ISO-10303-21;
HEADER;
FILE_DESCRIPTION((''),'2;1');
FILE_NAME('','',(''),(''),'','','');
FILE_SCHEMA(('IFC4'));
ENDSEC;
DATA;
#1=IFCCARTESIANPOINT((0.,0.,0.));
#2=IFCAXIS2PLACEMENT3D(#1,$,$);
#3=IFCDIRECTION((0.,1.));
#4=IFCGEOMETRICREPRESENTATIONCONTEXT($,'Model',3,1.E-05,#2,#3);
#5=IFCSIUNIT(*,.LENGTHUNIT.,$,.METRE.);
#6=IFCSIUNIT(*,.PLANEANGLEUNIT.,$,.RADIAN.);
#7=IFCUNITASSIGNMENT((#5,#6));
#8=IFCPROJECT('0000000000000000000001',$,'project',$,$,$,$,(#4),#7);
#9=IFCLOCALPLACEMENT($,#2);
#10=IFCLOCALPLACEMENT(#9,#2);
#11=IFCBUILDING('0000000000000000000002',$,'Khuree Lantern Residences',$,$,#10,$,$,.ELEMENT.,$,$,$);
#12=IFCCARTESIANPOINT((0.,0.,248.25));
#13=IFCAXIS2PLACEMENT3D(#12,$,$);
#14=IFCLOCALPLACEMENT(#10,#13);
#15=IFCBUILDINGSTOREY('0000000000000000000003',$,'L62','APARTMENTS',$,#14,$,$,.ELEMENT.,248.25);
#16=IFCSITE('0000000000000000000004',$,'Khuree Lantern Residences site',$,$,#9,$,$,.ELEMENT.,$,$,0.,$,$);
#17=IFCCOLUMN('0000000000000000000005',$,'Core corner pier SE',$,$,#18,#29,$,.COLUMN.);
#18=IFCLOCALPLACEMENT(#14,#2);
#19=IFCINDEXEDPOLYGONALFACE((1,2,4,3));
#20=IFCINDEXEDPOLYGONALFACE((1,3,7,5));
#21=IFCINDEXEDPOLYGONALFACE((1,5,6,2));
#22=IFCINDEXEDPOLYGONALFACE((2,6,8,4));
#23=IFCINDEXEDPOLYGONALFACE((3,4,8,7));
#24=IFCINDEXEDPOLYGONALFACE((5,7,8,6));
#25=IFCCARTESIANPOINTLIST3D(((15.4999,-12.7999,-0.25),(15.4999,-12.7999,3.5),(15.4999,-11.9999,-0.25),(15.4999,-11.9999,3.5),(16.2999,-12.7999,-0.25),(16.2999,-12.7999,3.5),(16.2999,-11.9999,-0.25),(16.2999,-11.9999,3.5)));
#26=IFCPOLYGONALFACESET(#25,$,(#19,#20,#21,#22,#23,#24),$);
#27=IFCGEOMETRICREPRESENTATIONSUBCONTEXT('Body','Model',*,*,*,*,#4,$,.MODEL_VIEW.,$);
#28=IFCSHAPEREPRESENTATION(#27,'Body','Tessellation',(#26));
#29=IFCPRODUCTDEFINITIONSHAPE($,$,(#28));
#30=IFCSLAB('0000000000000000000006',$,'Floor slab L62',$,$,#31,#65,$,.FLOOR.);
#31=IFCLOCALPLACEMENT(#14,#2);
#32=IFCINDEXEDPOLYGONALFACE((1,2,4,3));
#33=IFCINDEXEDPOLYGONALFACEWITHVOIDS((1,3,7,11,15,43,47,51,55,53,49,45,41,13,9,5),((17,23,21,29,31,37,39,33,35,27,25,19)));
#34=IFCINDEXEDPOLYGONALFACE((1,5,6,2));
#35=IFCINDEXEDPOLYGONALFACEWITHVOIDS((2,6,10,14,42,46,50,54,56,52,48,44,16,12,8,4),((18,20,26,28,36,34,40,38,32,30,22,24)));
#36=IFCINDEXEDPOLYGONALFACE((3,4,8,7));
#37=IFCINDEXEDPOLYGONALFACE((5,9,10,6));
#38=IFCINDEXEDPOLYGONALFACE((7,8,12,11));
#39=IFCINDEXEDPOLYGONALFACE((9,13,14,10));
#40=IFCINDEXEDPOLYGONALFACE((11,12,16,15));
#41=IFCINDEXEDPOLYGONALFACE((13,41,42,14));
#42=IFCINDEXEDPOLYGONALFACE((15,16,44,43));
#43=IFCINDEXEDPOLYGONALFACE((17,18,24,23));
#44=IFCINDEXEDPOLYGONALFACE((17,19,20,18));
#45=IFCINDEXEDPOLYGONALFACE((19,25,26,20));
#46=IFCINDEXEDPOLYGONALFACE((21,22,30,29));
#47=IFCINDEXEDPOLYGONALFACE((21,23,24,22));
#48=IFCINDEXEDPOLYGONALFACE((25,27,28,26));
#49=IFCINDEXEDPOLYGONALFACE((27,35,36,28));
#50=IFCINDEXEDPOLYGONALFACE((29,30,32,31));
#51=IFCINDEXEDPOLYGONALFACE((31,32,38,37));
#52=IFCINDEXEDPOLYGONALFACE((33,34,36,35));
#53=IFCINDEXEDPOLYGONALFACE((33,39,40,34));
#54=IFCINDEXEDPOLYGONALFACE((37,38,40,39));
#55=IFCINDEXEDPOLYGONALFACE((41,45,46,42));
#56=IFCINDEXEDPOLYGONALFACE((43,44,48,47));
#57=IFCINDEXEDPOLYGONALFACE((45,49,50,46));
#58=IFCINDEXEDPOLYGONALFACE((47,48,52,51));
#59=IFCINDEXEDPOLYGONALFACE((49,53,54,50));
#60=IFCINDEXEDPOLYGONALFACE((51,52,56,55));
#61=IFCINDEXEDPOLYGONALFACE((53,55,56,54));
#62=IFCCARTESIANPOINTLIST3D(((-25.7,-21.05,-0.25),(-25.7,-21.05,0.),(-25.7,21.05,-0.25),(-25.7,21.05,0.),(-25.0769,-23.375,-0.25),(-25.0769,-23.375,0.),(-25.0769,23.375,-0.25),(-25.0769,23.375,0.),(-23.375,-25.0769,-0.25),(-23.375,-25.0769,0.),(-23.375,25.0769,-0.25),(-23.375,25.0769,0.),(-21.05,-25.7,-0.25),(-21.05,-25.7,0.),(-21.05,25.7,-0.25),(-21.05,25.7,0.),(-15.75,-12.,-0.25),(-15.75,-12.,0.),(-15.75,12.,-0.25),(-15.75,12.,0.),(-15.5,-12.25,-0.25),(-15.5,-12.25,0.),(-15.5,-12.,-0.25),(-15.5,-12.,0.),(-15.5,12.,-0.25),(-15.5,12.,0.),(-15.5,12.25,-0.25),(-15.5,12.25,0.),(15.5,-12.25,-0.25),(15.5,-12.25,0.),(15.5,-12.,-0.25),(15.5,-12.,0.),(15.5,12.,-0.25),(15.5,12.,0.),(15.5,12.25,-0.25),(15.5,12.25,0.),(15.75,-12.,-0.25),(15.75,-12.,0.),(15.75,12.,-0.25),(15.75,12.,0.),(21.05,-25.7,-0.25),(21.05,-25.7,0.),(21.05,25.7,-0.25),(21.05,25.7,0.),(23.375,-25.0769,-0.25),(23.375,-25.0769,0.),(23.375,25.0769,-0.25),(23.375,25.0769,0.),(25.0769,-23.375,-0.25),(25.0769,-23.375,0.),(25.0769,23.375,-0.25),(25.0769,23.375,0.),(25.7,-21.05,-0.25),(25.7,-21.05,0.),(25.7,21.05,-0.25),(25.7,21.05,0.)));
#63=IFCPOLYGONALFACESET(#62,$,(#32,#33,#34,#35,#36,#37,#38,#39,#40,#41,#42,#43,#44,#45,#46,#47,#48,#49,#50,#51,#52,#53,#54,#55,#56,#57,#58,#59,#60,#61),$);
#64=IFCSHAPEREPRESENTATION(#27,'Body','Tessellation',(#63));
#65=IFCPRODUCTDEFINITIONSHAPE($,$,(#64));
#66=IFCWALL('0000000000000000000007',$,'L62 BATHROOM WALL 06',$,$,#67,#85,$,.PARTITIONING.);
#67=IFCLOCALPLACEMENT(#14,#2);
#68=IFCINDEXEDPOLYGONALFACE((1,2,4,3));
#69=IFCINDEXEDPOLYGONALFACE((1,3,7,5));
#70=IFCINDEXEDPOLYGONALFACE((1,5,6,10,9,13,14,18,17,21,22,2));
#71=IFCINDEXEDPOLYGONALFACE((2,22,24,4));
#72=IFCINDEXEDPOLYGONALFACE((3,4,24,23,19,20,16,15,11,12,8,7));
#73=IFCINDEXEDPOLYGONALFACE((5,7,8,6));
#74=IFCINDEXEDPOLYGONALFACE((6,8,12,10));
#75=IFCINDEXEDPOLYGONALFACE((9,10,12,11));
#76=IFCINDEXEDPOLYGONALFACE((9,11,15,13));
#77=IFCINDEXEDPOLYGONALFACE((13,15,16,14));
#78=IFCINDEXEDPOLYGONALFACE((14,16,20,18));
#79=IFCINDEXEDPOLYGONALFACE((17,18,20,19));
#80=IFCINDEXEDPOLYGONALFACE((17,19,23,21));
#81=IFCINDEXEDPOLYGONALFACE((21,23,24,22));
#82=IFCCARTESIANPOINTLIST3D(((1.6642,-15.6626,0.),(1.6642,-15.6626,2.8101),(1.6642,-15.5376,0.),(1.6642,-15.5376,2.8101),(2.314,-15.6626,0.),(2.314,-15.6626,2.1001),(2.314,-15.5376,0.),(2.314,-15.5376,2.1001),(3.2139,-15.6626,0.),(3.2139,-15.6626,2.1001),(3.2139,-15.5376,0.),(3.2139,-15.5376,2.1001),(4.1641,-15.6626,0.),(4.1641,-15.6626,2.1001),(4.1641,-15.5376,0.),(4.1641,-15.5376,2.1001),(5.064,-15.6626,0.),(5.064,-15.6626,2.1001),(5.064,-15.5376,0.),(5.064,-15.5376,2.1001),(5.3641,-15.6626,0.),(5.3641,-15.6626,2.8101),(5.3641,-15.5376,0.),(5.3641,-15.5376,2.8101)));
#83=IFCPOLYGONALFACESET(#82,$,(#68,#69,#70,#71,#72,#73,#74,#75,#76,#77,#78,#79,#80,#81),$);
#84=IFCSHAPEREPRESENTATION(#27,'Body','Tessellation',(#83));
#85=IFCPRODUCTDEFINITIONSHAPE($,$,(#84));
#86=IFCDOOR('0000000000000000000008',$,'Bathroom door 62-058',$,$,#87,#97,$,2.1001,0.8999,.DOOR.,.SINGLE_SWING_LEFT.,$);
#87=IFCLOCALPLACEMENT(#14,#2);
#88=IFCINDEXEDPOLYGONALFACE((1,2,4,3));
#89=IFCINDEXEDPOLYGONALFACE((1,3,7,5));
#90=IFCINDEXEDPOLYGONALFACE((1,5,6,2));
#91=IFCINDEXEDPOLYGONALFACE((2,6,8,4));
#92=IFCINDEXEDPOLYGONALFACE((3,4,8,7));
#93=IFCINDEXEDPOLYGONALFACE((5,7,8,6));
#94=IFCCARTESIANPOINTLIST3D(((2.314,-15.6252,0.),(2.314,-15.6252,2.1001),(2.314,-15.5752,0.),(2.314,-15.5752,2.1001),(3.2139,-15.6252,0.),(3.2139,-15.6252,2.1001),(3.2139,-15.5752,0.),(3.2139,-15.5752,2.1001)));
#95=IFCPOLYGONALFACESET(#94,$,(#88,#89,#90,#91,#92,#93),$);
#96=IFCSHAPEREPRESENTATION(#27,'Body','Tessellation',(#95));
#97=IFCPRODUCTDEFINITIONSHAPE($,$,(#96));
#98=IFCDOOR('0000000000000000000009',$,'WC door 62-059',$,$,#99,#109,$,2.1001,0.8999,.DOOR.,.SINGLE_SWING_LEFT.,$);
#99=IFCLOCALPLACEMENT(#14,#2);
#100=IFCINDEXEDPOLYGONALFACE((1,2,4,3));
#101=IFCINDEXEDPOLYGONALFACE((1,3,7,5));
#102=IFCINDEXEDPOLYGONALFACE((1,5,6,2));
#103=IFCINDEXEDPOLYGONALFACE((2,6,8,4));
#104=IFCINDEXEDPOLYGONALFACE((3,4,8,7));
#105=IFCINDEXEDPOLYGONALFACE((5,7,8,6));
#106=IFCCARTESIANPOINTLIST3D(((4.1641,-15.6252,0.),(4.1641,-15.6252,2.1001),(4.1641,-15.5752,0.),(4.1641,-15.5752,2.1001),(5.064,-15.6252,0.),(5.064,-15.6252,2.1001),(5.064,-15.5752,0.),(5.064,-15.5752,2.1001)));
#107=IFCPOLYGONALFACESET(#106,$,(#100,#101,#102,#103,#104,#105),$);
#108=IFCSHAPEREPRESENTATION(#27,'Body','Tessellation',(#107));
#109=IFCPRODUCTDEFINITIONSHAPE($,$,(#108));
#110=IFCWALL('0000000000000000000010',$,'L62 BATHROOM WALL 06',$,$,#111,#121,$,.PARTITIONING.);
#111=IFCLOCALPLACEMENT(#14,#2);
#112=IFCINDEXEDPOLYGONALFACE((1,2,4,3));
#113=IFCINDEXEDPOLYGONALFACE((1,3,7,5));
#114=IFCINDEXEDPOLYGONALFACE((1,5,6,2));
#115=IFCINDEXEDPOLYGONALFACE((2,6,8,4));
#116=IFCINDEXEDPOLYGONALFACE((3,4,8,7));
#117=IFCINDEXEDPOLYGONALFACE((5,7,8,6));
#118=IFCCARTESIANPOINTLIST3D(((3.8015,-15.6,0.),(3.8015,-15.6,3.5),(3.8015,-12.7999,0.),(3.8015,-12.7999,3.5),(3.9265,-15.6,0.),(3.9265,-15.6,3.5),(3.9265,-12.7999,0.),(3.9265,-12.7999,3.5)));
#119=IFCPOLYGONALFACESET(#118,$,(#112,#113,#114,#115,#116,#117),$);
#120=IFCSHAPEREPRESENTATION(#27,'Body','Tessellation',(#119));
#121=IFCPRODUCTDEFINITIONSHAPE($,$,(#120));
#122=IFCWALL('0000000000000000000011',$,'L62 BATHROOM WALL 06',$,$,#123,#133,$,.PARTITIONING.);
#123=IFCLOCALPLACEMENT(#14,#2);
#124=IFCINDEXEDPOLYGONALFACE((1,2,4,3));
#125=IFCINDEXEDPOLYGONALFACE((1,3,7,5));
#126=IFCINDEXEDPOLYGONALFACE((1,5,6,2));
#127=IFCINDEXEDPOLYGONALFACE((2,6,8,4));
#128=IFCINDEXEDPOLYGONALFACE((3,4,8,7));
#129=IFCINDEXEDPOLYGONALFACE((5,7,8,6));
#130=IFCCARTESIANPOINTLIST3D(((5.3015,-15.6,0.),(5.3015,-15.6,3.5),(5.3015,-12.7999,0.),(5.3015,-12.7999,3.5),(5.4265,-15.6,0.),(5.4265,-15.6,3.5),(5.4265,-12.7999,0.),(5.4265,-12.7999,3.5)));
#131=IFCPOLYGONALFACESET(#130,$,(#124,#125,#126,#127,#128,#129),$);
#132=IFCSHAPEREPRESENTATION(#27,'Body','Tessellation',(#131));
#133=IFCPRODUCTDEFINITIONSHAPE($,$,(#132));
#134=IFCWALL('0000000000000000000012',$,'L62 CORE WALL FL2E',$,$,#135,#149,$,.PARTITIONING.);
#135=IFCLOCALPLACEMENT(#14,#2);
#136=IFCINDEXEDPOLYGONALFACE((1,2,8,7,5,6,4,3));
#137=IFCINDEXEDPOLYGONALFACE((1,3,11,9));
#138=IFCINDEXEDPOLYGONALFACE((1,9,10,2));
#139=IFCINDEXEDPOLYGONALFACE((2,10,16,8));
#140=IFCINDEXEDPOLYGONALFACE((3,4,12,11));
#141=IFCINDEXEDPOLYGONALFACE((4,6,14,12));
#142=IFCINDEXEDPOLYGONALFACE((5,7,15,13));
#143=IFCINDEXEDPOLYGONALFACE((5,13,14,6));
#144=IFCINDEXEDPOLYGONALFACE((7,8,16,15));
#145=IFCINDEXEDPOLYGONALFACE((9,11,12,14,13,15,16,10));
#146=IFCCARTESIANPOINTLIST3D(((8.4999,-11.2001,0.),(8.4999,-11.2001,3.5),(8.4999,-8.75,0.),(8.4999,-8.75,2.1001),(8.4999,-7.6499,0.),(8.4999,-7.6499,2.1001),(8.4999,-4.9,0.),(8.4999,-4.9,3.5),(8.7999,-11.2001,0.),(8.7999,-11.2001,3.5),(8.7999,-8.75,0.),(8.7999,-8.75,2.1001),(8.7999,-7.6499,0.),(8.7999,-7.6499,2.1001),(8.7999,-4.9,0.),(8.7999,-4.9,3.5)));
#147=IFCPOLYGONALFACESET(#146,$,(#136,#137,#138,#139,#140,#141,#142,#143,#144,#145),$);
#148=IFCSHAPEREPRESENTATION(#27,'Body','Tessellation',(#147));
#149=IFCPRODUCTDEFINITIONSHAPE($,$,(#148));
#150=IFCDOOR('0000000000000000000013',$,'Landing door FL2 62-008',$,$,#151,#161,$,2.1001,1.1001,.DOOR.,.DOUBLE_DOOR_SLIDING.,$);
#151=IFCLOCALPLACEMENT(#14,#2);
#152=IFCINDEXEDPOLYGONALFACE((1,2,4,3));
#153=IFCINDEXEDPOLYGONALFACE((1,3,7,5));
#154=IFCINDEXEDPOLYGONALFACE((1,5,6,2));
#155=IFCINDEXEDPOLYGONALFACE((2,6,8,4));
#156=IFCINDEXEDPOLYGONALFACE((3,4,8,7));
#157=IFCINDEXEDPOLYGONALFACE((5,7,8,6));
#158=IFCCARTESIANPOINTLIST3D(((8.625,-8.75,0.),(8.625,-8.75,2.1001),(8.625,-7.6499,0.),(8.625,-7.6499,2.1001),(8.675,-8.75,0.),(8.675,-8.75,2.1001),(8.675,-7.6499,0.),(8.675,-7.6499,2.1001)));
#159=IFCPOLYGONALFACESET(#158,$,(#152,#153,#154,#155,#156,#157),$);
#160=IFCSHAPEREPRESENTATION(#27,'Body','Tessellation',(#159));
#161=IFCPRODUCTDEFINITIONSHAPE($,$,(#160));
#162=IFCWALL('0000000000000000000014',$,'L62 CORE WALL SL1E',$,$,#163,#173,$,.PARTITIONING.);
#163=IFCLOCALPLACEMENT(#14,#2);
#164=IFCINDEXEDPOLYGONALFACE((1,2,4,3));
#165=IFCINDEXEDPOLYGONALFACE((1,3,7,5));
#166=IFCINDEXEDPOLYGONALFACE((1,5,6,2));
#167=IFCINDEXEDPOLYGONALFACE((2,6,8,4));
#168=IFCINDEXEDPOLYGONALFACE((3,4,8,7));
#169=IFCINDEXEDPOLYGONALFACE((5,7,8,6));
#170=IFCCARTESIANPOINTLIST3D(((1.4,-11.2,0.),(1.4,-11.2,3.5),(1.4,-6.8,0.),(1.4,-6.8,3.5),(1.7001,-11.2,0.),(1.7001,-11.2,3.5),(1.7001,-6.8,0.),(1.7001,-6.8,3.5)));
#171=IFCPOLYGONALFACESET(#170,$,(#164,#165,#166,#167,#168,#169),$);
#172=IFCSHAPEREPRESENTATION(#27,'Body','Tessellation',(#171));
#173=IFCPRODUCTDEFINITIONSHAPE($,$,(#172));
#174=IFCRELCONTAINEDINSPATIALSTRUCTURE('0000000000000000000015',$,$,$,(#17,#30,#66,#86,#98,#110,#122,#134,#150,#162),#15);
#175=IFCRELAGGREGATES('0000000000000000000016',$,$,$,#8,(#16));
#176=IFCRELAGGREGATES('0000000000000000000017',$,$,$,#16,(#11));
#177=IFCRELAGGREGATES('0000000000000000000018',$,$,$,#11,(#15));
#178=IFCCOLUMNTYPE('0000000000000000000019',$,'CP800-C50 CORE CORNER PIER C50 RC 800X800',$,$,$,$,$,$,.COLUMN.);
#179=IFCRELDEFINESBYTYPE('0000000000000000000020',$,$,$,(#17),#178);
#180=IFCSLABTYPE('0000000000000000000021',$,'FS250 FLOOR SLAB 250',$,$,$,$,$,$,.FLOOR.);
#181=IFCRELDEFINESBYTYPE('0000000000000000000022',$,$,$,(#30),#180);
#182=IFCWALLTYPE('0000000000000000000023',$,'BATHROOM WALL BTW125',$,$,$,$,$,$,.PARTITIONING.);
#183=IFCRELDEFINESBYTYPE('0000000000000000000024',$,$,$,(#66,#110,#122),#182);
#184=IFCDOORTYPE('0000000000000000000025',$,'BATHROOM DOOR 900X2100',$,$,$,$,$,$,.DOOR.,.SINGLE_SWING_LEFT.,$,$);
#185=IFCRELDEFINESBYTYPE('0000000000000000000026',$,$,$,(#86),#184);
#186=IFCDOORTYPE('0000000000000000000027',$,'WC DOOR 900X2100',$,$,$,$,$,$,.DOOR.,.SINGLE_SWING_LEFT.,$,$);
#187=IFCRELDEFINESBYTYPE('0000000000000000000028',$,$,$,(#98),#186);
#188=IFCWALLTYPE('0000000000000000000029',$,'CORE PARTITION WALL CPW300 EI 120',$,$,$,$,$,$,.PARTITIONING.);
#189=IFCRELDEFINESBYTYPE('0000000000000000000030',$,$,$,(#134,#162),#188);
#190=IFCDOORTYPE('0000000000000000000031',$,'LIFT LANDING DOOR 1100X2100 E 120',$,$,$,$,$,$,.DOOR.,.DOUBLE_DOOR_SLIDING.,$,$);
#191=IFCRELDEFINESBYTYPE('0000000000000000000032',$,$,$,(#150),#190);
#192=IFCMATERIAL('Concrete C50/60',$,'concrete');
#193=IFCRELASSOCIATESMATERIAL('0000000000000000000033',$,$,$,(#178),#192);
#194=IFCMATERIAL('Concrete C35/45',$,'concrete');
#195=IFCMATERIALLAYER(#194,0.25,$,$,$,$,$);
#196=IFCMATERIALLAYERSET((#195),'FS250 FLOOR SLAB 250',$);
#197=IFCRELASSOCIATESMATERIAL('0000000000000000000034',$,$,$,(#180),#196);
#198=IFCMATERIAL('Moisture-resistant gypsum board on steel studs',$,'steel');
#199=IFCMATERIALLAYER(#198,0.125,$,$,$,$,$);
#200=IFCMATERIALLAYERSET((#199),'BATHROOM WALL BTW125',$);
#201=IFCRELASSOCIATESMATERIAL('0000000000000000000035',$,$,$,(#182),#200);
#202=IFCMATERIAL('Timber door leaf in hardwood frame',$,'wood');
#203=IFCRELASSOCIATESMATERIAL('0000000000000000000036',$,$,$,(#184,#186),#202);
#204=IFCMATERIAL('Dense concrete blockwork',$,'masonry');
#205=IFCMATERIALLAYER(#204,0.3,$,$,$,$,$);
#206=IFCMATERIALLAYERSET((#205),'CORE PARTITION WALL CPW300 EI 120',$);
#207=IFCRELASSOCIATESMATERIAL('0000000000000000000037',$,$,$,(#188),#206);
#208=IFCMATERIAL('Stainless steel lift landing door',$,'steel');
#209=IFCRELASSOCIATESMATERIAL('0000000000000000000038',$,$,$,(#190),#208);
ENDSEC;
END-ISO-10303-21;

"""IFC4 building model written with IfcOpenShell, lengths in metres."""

from ifc_helpers import new_model, si_unit, direction, frame, frame_2d, origin, origin_2d, place, context, subcontext, project, spatial, polyline, rectangle, outline, extrude, material, layer, layer_set, material_profile, profile_set, type_object, element, fill, save


model = new_model("IFC4")

# Units and contexts
model_context = context("Model", 3, precision=1e-05, world=origin(), true_north=direction((0.0, 1.0)))
body_context = subcontext(model_context, "Body", "Model", "MODEL_VIEW")
ifc_project = project(units=[si_unit("LENGTHUNIT", "METRE"), si_unit("PLANEANGLEUNIT", "RADIAN")], contexts=[model_context])

# Site, building, storey
site_placement = place(None, origin())
site = spatial("IfcSite", under=ifc_project, at=site_placement, Name="Khuree Lantern Residences site", CompositionType="ELEMENT", RefElevation=0.0)
building_placement = place(site_placement, origin())
building = spatial("IfcBuilding", under=site, at=building_placement, Name="Khuree Lantern Residences", CompositionType="ELEMENT")
storey_placement = place(building_placement, frame((0.0, 0.0, 248.25)))
storey = spatial("IfcBuildingStorey", under=building, at=storey_placement, Name="L62", Description="APARTMENTS", CompositionType="ELEMENT", Elevation=248.25)

# Column
ifc_material_1 = material(Name="Concrete C50/60", Category="concrete")
ifc_material_profile = material_profile(ifc_material_1, rectangle(XDim=0.8, YDim=0.8, at=origin_2d()), Name="RC 800X800")
ifc_profile_set = profile_set([ifc_material_profile], Name="Concrete C50/60")
column_type = type_object("IfcColumnType", Name="CP800-C50 CORE CORNER PIER C50 RC 800X800", PredefinedType="COLUMN", material=ifc_profile_set)
column_placement = place(storey_placement, frame((15.8999, -12.3999, -0.25), z_axis=(0.0, 0.0, 1.0), x_axis=(1.0, 0.0, 0.0)))
element("IfcColumn", 1, at=column_placement, inside=storey, type_object=column_type, Name="Core corner pier SE", PredefinedType="COLUMN", context=body_context, shape_type="SweptSolid", body=[
    extrude(rectangle(XDim=0.8, YDim=0.8, at=origin_2d()), origin(), (0.0, 0.0, 1.0), 3.75),
])

# Slab
ifc_material_2 = material(Name="Concrete C35/45", Category="concrete")
ifc_layer_1 = layer(ifc_material_2, 0.25)
ifc_layer_set_1 = layer_set([ifc_layer_1], Name="FS250 FLOOR SLAB 250")
slab_type = type_object("IfcSlabType", Name="FS250 FLOOR SLAB 250", PredefinedType="FLOOR", material=ifc_layer_set_1)
slab_placement = place(storey_placement, frame((0.0, 0.0, -0.25)))
element("IfcSlab", 2, at=slab_placement, inside=storey, type_object=slab_type, Name="Floor slab L62", PredefinedType="FLOOR", context=body_context, shape_type="SweptSolid", body=[
    extrude(outline(polyline([(-23.375, -25.0769), (-25.0769, -23.375), (-25.7, -21.05), (-25.7, 21.05), (-25.0769, 23.375), (-23.375, 25.0769), (-21.05, 25.7), (21.05, 25.7), (23.375, 25.0769), (25.0769, 23.375), (25.7, 21.05), (25.7, -21.05), (25.0769, -23.375), (23.375, -25.0769), (21.05, -25.7), (-21.05, -25.7), (-23.375, -25.0769)]), holes=[polyline([(15.75, 12.0), (15.5, 12.0), (15.5, 12.25), (-15.5, 12.25), (-15.5, 12.0), (-15.75, 12.0), (-15.75, -12.0), (-15.5, -12.0), (-15.5, -12.25), (15.5, -12.25), (15.5, -12.0), (15.75, -12.0), (15.75, 12.0)])]), origin(), (0.0, 0.0, 1.0), 0.25),
])

# Wall, openings, doors
ifc_material_3 = material(Name="Moisture-resistant gypsum board on steel studs", Category="steel")
ifc_layer_2 = layer(ifc_material_3, 0.125)
ifc_layer_set_2 = layer_set([ifc_layer_2], Name="BATHROOM WALL BTW125")
wall_type_1 = type_object("IfcWallType", Name="BATHROOM WALL BTW125", PredefinedType="PARTITIONING", material=ifc_layer_set_2)
wall_1_placement = place(storey_placement, frame((1.6641, -15.6001, 0.0), z_axis=(0.0, 0.0, 1.0), x_axis=(1.0, 0.0, 0.0)))
wall_1 = element("IfcWall", 3, at=wall_1_placement, inside=storey, type_object=wall_type_1, Name="L62 BATHROOM WALL 06", PredefinedType="PARTITIONING", context=body_context, shape_type="SweptSolid", body=[
    extrude(rectangle(XDim=3.7, YDim=0.125, at=frame_2d((1.8501, 0.0))), origin(), (0.0, 0.0, 1.0), 2.8101),
])
opening_1_placement = place(wall_1_placement, frame((0.6499, 0.0, 0.0)))
opening_1 = element("IfcOpeningElement", 4, at=opening_1_placement, cuts=wall_1, PredefinedType="OPENING", context=body_context, shape_type="SweptSolid", body=[
    extrude(rectangle(XDim=0.8999, YDim=2.1001, at=frame_2d((0.45, 1.05))), frame((0.0, 0.0725, 0.0), z_axis=(0.0, -1.0, 0.0), x_axis=(1.0, 0.0, 0.0)), (0.0, 0.0, 1.0), 0.145),
])
opening_2_placement = place(wall_1_placement, frame((2.5, 0.0, 0.0)))
opening_2 = element("IfcOpeningElement", 5, at=opening_2_placement, cuts=wall_1, PredefinedType="OPENING", context=body_context, shape_type="SweptSolid", body=[
    extrude(rectangle(XDim=0.8999, YDim=2.1001, at=frame_2d((0.45, 1.05))), frame((0.0, 0.0725, 0.0), z_axis=(0.0, -1.0, 0.0), x_axis=(1.0, 0.0, 0.0)), (0.0, 0.0, 1.0), 0.145),
])
ifc_material_4 = material(Name="Timber door leaf in hardwood frame", Category="wood")
door_type_1 = type_object("IfcDoorType", Name="BATHROOM DOOR 900X2100", OperationType="SINGLE_SWING_LEFT", PredefinedType="DOOR", material=ifc_material_4)
door_1_placement = place(opening_1_placement, origin())
door_1 = element("IfcDoor", 6, at=door_1_placement, inside=storey, type_object=door_type_1, Name="Bathroom door 62-058", OperationType="SINGLE_SWING_LEFT", OverallHeight=2.1001, OverallWidth=0.8999, PredefinedType="DOOR", context=body_context, shape_type="SweptSolid", body=[
    extrude(rectangle(XDim=0.8999, YDim=2.1001, at=frame_2d((0.45, 1.05))), frame((0.0, 0.0249, 0.0), z_axis=(0.0, -1.0, 0.0), x_axis=(1.0, 0.0, 0.0)), (0.0, 0.0, 1.0), 0.05),
])
fill(opening_1, door_1)
door_type_2 = type_object("IfcDoorType", Name="WC DOOR 900X2100", OperationType="SINGLE_SWING_LEFT", PredefinedType="DOOR", material=ifc_material_4)
door_2_placement = place(opening_2_placement, origin())
door_2 = element("IfcDoor", 7, at=door_2_placement, inside=storey, type_object=door_type_2, Name="WC door 62-059", OperationType="SINGLE_SWING_LEFT", OverallHeight=2.1001, OverallWidth=0.8999, PredefinedType="DOOR", context=body_context, shape_type="SweptSolid", body=[
    extrude(rectangle(XDim=0.8999, YDim=2.1001, at=frame_2d((0.45, 1.05))), frame((0.0, 0.0249, 0.0), z_axis=(0.0, -1.0, 0.0), x_axis=(1.0, 0.0, 0.0)), (0.0, 0.0, 1.0), 0.05),
])
fill(opening_2, door_2)

# Walls
for number, where, z_axis, x_axis, name in (
    (8, (3.864, -12.8, 0.0), (0.0, 0.0, 1.0), (0.0, -1.0, 0.0), "L62 BATHROOM WALL 06"),
    (9, (5.364, -12.8, 0.0), (0.0, 0.0, 1.0), (0.0, -1.0, 0.0), "L62 BATHROOM WALL 06"),
):
    element("IfcWall", number, at=place(storey_placement, frame(where, z_axis=z_axis, x_axis=x_axis)), inside=storey, type_object=wall_type_1, Name=name, PredefinedType="PARTITIONING", context=body_context, shape_type="SweptSolid", body=[
        extrude(rectangle(XDim=2.8, YDim=0.125, at=frame_2d((1.3999, 0.0))), origin(), (0.0, 0.0, 1.0), 3.5),
    ])

# Wall, opening, door
ifc_material_5 = material(Name="Dense concrete blockwork", Category="masonry")
ifc_layer_3 = layer(ifc_material_5, 0.3)
ifc_layer_set_3 = layer_set([ifc_layer_3], Name="CORE PARTITION WALL CPW300 EI 120")
wall_type_2 = type_object("IfcWallType", Name="CORE PARTITION WALL CPW300 EI 120", PredefinedType="PARTITIONING", material=ifc_layer_set_3)
wall_2_placement = place(storey_placement, frame((8.6499, -11.2, 0.0), z_axis=(0.0, 0.0, 1.0), x_axis=(0.0, 1.0, 0.0)))
wall_2 = element("IfcWall", 10, at=wall_2_placement, inside=storey, type_object=wall_type_2, Name="L62 CORE WALL FL2E", PredefinedType="PARTITIONING", context=body_context, shape_type="SweptSolid", body=[
    extrude(rectangle(XDim=6.3, YDim=0.3, at=frame_2d((3.1499, 0.0))), origin(), (0.0, 0.0, 1.0), 3.5),
])
opening_3_placement = place(wall_2_placement, frame((2.45, 0.0, 0.0)))
opening_3 = element("IfcOpeningElement", 11, at=opening_3_placement, cuts=wall_2, PredefinedType="OPENING", context=body_context, shape_type="SweptSolid", body=[
    extrude(rectangle(XDim=1.1001, YDim=2.1001, at=frame_2d((0.55, 1.05))), frame((0.0, 0.1602, 0.0), z_axis=(0.0, -1.0, 0.0), x_axis=(1.0, 0.0, 0.0)), (0.0, 0.0, 1.0), 0.3201),
])
ifc_material_6 = material(Name="Stainless steel lift landing door", Category="steel")
door_type_3 = type_object("IfcDoorType", Name="LIFT LANDING DOOR 1100X2100 E 120", OperationType="DOUBLE_DOOR_SLIDING", PredefinedType="DOOR", material=ifc_material_6)
door_3_placement = place(opening_3_placement, origin())
door_3 = element("IfcDoor", 12, at=door_3_placement, inside=storey, type_object=door_type_3, Name="Landing door FL2 62-008", OperationType="DOUBLE_DOOR_SLIDING", OverallHeight=2.1001, OverallWidth=1.1001, PredefinedType="DOOR", context=body_context, shape_type="SweptSolid", body=[
    extrude(rectangle(XDim=1.1001, YDim=2.1001, at=frame_2d((0.55, 1.05))), frame((0.0, 0.0249, 0.0), z_axis=(0.0, -1.0, 0.0), x_axis=(1.0, 0.0, 0.0)), (0.0, 0.0, 1.0), 0.05),
])
fill(opening_3, door_3)

# Wall
for number, where, z_axis, x_axis, name in (
    (13, (1.55, -11.2, 0.0), (0.0, 0.0, 1.0), (0.0, 1.0, 0.0), "L62 CORE WALL SL1E"),
):
    element("IfcWall", number, at=place(storey_placement, frame(where, z_axis=z_axis, x_axis=x_axis)), inside=storey, type_object=wall_type_2, Name=name, PredefinedType="PARTITIONING", context=body_context, shape_type="SweptSolid", body=[
        extrude(rectangle(XDim=4.3999, YDim=0.3, at=frame_2d((2.2, 0.0))), origin(), (0.0, 0.0, 1.0), 3.5),
    ])

save(model, "model.ifc")
